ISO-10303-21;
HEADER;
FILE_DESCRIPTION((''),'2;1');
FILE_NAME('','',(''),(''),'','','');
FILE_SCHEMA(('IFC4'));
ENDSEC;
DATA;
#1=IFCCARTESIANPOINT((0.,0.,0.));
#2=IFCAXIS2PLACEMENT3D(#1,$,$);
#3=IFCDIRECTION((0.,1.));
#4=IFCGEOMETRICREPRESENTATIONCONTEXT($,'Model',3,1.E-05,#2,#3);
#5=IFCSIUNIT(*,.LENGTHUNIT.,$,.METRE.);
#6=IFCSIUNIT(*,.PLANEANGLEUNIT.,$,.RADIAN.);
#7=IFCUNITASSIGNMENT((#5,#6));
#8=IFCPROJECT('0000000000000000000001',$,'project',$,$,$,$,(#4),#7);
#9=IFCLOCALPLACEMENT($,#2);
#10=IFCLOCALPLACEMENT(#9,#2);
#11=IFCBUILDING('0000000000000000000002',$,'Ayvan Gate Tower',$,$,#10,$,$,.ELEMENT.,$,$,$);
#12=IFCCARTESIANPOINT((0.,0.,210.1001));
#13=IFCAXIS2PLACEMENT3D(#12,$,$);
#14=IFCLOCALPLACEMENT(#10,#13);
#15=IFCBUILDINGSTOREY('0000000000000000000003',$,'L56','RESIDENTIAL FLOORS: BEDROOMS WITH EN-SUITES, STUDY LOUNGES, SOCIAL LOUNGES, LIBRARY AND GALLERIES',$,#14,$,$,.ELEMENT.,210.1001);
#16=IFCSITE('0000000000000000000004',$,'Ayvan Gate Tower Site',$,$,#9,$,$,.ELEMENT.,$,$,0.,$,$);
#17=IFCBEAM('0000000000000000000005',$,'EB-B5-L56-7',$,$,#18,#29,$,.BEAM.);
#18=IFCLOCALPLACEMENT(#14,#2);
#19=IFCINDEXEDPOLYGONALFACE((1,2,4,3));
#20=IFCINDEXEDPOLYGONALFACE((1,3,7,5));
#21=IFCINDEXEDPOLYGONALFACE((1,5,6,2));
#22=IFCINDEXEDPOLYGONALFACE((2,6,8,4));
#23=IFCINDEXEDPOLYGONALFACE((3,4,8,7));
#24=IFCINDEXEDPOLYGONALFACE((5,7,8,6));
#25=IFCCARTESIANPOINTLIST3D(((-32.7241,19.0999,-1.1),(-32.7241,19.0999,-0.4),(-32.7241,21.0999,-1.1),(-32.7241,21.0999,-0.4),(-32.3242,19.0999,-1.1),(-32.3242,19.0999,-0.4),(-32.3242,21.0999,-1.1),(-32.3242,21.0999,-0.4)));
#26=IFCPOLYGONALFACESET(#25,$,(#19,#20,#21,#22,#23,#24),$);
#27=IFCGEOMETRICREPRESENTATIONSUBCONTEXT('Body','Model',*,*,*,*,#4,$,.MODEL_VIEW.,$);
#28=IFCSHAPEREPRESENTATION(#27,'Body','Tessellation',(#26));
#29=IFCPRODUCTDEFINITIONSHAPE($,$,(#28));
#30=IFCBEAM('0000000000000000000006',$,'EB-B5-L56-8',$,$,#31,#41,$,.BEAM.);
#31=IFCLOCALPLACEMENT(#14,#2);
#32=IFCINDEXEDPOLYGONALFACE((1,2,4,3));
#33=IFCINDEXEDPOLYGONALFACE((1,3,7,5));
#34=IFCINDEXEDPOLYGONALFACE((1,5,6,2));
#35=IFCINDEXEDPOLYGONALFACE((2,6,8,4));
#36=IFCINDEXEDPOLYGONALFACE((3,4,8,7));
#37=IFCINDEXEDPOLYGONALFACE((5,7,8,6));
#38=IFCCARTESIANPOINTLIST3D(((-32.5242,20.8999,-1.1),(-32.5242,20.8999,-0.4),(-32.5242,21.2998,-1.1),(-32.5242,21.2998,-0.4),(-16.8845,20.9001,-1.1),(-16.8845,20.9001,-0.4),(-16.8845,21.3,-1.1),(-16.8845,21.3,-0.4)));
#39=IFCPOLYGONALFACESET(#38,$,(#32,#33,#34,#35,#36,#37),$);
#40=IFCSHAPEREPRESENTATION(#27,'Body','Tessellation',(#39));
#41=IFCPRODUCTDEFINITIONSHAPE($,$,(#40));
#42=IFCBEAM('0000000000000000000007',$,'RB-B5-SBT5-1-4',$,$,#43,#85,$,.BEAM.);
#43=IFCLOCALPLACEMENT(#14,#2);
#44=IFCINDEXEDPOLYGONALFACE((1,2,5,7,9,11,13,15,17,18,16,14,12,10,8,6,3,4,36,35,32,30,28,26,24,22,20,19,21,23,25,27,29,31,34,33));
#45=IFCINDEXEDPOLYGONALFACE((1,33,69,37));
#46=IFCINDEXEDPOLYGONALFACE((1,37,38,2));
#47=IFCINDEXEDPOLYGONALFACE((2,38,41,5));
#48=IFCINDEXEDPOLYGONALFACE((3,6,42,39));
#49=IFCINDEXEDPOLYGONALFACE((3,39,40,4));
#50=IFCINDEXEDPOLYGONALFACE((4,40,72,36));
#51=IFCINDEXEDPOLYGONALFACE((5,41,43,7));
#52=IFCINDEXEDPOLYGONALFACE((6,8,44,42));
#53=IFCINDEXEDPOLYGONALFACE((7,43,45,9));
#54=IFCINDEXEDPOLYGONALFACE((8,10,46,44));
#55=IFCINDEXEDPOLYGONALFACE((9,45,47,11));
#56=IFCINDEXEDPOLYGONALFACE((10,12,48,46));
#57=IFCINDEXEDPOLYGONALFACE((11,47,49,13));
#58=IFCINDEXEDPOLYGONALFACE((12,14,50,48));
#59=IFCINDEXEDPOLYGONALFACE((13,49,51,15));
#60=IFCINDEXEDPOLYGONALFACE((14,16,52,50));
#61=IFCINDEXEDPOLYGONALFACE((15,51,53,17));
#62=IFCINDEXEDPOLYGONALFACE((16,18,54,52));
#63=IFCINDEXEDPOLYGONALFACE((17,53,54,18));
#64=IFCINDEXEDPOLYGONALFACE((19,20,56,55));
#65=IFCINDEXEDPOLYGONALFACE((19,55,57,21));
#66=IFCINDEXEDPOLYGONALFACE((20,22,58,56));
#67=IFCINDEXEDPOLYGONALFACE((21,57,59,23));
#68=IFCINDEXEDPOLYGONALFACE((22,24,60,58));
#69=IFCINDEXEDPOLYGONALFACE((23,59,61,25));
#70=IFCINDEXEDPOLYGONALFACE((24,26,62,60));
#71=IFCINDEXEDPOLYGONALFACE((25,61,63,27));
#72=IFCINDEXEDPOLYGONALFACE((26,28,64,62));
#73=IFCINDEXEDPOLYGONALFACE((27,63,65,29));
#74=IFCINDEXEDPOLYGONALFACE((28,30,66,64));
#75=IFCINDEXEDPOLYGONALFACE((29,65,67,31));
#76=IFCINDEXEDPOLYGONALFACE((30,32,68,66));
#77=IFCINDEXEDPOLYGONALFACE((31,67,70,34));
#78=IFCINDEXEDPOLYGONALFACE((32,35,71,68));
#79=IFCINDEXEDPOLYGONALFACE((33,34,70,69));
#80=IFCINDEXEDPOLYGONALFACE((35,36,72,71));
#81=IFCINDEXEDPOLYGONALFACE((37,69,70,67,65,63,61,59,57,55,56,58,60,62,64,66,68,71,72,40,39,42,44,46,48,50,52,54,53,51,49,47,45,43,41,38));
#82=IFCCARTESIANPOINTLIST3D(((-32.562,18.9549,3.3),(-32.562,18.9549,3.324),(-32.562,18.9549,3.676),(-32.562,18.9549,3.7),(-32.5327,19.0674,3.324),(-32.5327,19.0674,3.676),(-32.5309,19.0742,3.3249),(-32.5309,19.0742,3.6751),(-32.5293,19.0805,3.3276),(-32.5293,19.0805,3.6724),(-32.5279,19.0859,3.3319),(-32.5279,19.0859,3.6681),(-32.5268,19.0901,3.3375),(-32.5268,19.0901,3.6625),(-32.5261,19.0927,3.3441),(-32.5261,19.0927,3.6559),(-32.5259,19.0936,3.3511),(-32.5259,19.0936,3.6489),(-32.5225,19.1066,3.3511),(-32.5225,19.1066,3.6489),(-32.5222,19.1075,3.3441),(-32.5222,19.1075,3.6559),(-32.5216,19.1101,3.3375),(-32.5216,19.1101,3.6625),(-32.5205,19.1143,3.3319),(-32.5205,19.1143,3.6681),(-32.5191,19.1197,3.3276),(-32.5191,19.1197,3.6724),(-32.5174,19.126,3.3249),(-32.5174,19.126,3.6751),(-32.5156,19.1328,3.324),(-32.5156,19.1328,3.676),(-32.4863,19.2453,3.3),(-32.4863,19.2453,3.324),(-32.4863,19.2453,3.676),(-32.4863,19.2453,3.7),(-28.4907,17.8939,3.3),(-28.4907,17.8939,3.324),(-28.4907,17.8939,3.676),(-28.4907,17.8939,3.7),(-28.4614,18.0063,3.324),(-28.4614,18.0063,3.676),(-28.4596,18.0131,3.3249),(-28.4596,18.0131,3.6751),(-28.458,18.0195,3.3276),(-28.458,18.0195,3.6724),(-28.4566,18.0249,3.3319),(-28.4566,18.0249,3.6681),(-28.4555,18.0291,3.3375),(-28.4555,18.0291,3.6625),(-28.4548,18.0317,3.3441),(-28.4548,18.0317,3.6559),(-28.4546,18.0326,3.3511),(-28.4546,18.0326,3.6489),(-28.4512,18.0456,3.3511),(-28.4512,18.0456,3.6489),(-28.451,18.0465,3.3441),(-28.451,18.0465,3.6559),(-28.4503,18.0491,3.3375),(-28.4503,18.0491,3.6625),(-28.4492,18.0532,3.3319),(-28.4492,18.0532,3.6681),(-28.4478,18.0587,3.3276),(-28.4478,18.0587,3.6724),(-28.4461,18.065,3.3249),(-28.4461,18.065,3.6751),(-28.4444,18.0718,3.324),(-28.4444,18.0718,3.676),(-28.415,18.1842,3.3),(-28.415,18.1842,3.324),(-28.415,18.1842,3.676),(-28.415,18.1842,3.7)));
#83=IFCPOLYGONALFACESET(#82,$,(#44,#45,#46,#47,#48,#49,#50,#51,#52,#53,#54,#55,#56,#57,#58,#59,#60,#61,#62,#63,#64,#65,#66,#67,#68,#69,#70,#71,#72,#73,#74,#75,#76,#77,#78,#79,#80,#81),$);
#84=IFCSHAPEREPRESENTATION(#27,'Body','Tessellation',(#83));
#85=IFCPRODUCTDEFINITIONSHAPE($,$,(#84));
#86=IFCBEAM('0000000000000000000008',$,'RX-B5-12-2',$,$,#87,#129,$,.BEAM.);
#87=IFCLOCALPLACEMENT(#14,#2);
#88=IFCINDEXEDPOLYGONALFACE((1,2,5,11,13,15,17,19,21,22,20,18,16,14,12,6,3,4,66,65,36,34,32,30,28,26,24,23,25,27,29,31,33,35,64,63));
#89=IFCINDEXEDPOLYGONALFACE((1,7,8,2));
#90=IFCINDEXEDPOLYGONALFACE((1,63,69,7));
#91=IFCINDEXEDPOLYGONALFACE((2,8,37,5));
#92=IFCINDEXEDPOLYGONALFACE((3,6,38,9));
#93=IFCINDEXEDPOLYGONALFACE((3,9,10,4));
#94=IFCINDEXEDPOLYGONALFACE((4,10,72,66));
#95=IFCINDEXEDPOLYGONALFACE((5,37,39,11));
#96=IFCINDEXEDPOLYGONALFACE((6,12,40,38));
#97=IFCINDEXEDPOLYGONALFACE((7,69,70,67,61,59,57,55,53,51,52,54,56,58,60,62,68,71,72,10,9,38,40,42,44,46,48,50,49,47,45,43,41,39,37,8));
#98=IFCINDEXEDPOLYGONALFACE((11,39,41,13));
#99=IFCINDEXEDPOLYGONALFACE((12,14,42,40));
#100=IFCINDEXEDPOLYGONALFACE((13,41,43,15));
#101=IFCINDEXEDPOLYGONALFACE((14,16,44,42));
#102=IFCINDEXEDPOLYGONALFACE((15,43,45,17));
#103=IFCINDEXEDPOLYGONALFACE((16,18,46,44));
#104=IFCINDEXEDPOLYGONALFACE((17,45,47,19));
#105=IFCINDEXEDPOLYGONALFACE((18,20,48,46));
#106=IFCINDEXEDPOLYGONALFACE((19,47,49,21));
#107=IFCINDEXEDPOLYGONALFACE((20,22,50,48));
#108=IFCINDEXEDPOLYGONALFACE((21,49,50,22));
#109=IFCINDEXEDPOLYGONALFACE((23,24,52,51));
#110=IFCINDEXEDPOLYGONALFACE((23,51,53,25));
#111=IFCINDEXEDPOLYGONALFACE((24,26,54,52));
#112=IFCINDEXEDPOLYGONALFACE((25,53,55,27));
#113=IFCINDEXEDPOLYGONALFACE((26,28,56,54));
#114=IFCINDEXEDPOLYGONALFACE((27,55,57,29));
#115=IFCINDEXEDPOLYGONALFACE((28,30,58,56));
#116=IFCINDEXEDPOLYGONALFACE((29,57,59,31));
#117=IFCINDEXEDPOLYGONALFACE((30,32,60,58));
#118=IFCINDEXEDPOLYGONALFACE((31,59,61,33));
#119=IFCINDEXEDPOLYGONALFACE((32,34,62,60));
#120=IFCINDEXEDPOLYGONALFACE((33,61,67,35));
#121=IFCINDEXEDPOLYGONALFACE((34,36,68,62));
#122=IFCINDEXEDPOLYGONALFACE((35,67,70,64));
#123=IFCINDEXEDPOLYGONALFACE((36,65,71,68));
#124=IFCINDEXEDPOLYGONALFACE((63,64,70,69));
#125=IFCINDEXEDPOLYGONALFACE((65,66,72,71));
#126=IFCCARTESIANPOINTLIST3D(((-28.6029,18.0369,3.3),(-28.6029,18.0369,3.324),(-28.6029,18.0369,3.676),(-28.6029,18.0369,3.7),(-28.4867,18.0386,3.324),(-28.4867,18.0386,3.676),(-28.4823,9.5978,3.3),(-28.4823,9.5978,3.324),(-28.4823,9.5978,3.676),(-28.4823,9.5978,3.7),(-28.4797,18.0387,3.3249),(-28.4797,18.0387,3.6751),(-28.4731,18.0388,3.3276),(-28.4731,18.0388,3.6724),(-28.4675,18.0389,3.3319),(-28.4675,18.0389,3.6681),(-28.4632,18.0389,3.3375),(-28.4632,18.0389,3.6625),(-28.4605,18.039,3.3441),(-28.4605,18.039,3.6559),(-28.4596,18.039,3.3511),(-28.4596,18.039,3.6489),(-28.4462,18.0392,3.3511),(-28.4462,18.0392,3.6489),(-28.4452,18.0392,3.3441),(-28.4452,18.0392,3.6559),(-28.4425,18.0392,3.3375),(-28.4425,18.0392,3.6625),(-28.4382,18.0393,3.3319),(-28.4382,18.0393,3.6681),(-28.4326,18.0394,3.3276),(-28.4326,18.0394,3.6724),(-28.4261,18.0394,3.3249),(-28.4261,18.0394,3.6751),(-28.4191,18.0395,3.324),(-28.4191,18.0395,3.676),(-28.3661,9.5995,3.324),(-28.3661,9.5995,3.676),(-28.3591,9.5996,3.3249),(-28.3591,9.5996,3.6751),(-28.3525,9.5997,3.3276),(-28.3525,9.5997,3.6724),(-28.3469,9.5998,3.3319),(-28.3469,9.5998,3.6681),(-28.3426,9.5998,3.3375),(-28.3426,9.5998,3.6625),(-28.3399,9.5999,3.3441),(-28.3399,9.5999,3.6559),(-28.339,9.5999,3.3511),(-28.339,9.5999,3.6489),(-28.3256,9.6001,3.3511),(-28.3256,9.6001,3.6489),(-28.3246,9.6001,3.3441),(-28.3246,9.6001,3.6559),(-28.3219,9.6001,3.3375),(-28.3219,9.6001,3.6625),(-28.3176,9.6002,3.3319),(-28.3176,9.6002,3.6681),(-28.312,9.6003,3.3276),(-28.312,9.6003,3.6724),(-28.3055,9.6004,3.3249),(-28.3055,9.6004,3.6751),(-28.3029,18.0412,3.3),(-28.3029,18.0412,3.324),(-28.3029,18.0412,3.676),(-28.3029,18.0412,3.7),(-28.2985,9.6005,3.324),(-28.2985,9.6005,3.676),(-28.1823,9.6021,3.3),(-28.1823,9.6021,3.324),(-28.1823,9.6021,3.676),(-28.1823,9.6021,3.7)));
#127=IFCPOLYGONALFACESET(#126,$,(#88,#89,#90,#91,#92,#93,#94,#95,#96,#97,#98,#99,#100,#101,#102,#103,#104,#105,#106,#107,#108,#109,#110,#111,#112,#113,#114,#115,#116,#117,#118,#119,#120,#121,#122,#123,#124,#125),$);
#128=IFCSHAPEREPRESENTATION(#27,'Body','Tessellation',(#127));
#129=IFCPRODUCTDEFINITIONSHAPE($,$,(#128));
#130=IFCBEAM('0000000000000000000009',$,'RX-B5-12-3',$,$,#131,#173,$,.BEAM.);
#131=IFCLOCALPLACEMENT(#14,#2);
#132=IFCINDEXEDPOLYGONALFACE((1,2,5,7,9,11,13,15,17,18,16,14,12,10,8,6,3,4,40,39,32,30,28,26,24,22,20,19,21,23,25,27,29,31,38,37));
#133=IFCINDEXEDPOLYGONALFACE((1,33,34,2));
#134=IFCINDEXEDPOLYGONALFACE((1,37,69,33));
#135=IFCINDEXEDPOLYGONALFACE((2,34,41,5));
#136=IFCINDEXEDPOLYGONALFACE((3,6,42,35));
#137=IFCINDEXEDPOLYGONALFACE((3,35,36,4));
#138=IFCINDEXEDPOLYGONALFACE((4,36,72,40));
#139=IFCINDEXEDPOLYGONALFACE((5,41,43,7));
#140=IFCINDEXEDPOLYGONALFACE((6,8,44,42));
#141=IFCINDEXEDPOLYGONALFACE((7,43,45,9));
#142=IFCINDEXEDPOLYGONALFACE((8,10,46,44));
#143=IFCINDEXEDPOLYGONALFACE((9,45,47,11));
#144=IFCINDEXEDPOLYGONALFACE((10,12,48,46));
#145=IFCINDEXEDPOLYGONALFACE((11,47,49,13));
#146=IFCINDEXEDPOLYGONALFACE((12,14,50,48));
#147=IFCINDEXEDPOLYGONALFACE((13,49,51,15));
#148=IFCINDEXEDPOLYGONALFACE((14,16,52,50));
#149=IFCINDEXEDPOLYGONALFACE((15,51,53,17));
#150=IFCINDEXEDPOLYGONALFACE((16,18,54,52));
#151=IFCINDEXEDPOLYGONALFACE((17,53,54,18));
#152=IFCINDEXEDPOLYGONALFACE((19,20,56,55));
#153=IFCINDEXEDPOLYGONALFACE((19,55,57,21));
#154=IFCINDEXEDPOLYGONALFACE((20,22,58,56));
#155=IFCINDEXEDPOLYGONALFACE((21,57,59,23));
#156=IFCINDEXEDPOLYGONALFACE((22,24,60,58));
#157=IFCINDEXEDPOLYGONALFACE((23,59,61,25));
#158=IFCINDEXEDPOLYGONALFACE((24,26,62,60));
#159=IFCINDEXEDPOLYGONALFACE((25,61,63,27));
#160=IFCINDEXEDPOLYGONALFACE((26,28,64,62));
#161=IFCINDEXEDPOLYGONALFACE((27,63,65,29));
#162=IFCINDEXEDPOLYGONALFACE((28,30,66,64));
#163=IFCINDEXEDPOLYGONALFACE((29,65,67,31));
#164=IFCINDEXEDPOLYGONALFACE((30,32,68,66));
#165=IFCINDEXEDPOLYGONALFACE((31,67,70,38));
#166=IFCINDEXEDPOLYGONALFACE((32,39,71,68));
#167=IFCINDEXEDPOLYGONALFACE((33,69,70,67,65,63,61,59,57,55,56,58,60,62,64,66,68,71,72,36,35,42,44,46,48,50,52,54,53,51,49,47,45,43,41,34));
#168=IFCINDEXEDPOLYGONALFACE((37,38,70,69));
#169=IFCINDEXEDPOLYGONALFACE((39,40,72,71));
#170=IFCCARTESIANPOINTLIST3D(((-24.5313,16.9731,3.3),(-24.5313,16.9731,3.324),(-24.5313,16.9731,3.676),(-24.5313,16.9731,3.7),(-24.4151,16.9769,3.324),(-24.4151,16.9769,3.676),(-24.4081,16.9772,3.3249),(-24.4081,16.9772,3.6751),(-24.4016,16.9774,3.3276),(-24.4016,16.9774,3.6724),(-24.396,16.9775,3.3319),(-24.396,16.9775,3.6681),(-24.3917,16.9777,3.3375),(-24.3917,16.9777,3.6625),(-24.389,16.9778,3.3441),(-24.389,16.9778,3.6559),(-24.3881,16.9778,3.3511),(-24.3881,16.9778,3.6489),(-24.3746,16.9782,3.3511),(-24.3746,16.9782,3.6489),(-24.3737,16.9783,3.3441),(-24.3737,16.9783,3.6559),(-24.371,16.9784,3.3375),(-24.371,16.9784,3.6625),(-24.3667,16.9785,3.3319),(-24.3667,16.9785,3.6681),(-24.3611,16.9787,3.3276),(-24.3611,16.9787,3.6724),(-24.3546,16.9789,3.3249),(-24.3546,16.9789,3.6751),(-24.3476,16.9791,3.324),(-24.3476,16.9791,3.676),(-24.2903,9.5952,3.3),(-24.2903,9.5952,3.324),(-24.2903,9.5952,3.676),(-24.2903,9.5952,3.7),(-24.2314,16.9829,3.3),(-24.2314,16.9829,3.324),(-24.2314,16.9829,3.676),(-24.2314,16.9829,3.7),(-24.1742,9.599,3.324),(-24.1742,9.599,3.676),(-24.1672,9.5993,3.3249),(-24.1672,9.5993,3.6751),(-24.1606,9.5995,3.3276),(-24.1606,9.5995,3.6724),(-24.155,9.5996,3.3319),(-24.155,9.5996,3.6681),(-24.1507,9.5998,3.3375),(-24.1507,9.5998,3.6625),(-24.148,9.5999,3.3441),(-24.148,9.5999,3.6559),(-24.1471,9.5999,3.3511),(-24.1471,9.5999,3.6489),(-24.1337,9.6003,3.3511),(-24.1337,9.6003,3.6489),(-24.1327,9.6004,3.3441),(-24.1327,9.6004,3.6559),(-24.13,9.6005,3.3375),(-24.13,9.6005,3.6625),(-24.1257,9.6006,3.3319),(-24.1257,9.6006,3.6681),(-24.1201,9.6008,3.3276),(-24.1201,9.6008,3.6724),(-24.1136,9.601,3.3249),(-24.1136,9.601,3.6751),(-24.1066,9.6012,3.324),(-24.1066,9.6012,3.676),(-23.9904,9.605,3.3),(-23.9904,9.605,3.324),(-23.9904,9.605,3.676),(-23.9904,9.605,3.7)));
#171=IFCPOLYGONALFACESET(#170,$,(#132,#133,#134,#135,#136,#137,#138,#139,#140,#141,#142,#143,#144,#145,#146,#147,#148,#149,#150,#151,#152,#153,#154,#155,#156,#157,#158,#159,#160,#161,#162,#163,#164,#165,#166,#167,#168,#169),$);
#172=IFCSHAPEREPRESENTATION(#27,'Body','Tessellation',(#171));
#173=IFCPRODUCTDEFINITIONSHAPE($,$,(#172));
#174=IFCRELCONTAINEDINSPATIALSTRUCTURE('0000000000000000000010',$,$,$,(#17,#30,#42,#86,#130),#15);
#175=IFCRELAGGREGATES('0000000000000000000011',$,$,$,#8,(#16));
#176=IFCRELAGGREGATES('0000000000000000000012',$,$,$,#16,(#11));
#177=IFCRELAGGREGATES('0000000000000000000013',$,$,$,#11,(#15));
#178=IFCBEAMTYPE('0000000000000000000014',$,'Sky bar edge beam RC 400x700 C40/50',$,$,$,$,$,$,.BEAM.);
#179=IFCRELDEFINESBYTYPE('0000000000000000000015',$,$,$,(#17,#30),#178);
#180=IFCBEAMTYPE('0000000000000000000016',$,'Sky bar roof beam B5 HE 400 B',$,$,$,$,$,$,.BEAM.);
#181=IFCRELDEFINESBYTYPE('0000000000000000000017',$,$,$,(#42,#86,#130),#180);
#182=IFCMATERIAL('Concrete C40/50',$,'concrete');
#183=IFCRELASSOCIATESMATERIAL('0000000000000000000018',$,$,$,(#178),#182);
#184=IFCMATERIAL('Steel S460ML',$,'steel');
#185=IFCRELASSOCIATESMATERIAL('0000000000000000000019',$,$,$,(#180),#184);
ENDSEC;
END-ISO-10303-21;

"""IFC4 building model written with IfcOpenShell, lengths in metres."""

from ifc_helpers import new_model, si_unit, direction, frame, origin, origin_2d, place, context, subcontext, project, spatial, rectangle, i_section, extrude, material, material_profile, profile_set, type_object, element, save


model = new_model("IFC4")

# Units and contexts
model_context = context("Model", 3, precision=1e-05, world=origin(), true_north=direction((0.0, 1.0)))
body_context = subcontext(model_context, "Body", "Model", "MODEL_VIEW")
ifc_project = project(units=[si_unit("LENGTHUNIT", "METRE"), si_unit("PLANEANGLEUNIT", "RADIAN")], contexts=[model_context])

# Site, building, storey
site_placement = place(None, origin())
site = spatial("IfcSite", under=ifc_project, at=site_placement, Name="Ayvan Gate Tower Site", CompositionType="ELEMENT", RefElevation=0.0)
building_placement = place(site_placement, origin())
building = spatial("IfcBuilding", under=site, at=building_placement, Name="Ayvan Gate Tower", CompositionType="ELEMENT")
storey_placement = place(building_placement, frame((0.0, 0.0, 210.1001)))
storey = spatial("IfcBuildingStorey", under=building, at=storey_placement, Name="L56", Description="RESIDENTIAL FLOORS: BEDROOMS WITH EN-SUITES, STUDY LOUNGES, SOCIAL LOUNGES, LIBRARY AND GALLERIES", CompositionType="ELEMENT", Elevation=210.1001)

# Beams
ifc_material_1 = material(Name="Concrete C40/50", Category="concrete")
ifc_material_profile_1 = material_profile(ifc_material_1, rectangle(XDim=0.3999, YDim=0.7, at=origin_2d()), Name="RC 400x700")
ifc_profile_set_1 = profile_set([ifc_material_profile_1], Name="Concrete C40/50")
beam_type_1 = type_object("IfcBeamType", Name="Sky bar edge beam RC 400x700 C40/50", PredefinedType="BEAM", material=ifc_profile_set_1)
beam_1_placement = place(storey_placement, frame((-32.5242, 19.0999, -0.75), z_axis=(0.0, 1.0, 0.0), x_axis=(-1.0, 0.0, 0.0)))
element("IfcBeam", 1, at=beam_1_placement, inside=storey, type_object=beam_type_1, Name="EB-B5-L56-7", PredefinedType="BEAM", context=body_context, shape_type="SweptSolid", body=[
    extrude(rectangle(XDim=0.3999, YDim=0.7, at=origin_2d()), origin(), (0.0, 0.0, 1.0), 2.0),
])
beam_2_placement = place(storey_placement, frame((-32.5242, 21.0999, -0.75), z_axis=(1.0, 0.000016, 0.0), x_axis=(-0.000016, 1.0, 0.0)))
element("IfcBeam", 2, at=beam_2_placement, inside=storey, type_object=beam_type_1, Name="EB-B5-L56-8", PredefinedType="BEAM", context=body_context, shape_type="SweptSolid", body=[
    extrude(rectangle(XDim=0.3999, YDim=0.7, at=origin_2d()), origin(), (0.0, 0.0, 1.0), 15.6396),
])
ifc_material_2 = material(Name="Steel S460ML", Category="steel")
ifc_material_profile_2 = material_profile(ifc_material_2, i_section(OverallWidth=0.3, OverallDepth=0.3999, WebThickness=0.0134, FlangeThickness=0.0239, FilletRadius=0.0271, at=origin_2d()), Name="HE 400 B")
ifc_profile_set_2 = profile_set([ifc_material_profile_2], Name="Steel S460ML")
beam_type_2 = type_object("IfcBeamType", Name="Sky bar roof beam B5 HE 400 B", PredefinedType="BEAM", material=ifc_profile_set_2)
beam_3_placement = place(storey_placement, frame((-28.4529, 18.0391, 3.5), z_axis=(-0.967678, 0.25219, 0.0), x_axis=(-0.25219, -0.967678, 0.0)))
element("IfcBeam", 3, at=beam_3_placement, inside=storey, type_object=beam_type_2, Name="RB-B5-SBT5-1-4", PredefinedType="BEAM", context=body_context, shape_type="SweptSolid", body=[
    extrude(i_section(OverallWidth=0.3, OverallDepth=0.3999, WebThickness=0.0134, FlangeThickness=0.0239, FilletRadius=0.0271, at=origin_2d()), origin(), (0.0, 0.0, 1.0), 4.2073),
])
beam_4_placement = place(storey_placement, frame((-28.4529, 18.0391, 3.5), z_axis=(0.01429, -0.999898, 0.0), x_axis=(0.999898, 0.01429, 0.0)))
element("IfcBeam", 4, at=beam_4_placement, inside=storey, type_object=beam_type_2, Name="RX-B5-12-2", PredefinedType="BEAM", context=body_context, shape_type="SweptSolid", body=[
    extrude(i_section(OverallWidth=0.3, OverallDepth=0.3999, WebThickness=0.0134, FlangeThickness=0.0239, FilletRadius=0.0271, at=origin_2d()), origin(), (0.0, 0.0, 1.0), 8.4399),
])
beam_5_placement = place(storey_placement, frame((-24.3813, 16.978, 3.5), z_axis=(0.032643, -0.999467, 0.0), x_axis=(0.999467, 0.032643, 0.0)))
element("IfcBeam", 5, at=beam_5_placement, inside=storey, type_object=beam_type_2, Name="RX-B5-12-3", PredefinedType="BEAM", context=body_context, shape_type="SweptSolid", body=[
    extrude(i_section(OverallWidth=0.3, OverallDepth=0.3999, WebThickness=0.0134, FlangeThickness=0.0239, FilletRadius=0.0271, at=origin_2d()), origin(), (0.0, 0.0, 1.0), 7.3818),
])

save(model, "model.ifc")
